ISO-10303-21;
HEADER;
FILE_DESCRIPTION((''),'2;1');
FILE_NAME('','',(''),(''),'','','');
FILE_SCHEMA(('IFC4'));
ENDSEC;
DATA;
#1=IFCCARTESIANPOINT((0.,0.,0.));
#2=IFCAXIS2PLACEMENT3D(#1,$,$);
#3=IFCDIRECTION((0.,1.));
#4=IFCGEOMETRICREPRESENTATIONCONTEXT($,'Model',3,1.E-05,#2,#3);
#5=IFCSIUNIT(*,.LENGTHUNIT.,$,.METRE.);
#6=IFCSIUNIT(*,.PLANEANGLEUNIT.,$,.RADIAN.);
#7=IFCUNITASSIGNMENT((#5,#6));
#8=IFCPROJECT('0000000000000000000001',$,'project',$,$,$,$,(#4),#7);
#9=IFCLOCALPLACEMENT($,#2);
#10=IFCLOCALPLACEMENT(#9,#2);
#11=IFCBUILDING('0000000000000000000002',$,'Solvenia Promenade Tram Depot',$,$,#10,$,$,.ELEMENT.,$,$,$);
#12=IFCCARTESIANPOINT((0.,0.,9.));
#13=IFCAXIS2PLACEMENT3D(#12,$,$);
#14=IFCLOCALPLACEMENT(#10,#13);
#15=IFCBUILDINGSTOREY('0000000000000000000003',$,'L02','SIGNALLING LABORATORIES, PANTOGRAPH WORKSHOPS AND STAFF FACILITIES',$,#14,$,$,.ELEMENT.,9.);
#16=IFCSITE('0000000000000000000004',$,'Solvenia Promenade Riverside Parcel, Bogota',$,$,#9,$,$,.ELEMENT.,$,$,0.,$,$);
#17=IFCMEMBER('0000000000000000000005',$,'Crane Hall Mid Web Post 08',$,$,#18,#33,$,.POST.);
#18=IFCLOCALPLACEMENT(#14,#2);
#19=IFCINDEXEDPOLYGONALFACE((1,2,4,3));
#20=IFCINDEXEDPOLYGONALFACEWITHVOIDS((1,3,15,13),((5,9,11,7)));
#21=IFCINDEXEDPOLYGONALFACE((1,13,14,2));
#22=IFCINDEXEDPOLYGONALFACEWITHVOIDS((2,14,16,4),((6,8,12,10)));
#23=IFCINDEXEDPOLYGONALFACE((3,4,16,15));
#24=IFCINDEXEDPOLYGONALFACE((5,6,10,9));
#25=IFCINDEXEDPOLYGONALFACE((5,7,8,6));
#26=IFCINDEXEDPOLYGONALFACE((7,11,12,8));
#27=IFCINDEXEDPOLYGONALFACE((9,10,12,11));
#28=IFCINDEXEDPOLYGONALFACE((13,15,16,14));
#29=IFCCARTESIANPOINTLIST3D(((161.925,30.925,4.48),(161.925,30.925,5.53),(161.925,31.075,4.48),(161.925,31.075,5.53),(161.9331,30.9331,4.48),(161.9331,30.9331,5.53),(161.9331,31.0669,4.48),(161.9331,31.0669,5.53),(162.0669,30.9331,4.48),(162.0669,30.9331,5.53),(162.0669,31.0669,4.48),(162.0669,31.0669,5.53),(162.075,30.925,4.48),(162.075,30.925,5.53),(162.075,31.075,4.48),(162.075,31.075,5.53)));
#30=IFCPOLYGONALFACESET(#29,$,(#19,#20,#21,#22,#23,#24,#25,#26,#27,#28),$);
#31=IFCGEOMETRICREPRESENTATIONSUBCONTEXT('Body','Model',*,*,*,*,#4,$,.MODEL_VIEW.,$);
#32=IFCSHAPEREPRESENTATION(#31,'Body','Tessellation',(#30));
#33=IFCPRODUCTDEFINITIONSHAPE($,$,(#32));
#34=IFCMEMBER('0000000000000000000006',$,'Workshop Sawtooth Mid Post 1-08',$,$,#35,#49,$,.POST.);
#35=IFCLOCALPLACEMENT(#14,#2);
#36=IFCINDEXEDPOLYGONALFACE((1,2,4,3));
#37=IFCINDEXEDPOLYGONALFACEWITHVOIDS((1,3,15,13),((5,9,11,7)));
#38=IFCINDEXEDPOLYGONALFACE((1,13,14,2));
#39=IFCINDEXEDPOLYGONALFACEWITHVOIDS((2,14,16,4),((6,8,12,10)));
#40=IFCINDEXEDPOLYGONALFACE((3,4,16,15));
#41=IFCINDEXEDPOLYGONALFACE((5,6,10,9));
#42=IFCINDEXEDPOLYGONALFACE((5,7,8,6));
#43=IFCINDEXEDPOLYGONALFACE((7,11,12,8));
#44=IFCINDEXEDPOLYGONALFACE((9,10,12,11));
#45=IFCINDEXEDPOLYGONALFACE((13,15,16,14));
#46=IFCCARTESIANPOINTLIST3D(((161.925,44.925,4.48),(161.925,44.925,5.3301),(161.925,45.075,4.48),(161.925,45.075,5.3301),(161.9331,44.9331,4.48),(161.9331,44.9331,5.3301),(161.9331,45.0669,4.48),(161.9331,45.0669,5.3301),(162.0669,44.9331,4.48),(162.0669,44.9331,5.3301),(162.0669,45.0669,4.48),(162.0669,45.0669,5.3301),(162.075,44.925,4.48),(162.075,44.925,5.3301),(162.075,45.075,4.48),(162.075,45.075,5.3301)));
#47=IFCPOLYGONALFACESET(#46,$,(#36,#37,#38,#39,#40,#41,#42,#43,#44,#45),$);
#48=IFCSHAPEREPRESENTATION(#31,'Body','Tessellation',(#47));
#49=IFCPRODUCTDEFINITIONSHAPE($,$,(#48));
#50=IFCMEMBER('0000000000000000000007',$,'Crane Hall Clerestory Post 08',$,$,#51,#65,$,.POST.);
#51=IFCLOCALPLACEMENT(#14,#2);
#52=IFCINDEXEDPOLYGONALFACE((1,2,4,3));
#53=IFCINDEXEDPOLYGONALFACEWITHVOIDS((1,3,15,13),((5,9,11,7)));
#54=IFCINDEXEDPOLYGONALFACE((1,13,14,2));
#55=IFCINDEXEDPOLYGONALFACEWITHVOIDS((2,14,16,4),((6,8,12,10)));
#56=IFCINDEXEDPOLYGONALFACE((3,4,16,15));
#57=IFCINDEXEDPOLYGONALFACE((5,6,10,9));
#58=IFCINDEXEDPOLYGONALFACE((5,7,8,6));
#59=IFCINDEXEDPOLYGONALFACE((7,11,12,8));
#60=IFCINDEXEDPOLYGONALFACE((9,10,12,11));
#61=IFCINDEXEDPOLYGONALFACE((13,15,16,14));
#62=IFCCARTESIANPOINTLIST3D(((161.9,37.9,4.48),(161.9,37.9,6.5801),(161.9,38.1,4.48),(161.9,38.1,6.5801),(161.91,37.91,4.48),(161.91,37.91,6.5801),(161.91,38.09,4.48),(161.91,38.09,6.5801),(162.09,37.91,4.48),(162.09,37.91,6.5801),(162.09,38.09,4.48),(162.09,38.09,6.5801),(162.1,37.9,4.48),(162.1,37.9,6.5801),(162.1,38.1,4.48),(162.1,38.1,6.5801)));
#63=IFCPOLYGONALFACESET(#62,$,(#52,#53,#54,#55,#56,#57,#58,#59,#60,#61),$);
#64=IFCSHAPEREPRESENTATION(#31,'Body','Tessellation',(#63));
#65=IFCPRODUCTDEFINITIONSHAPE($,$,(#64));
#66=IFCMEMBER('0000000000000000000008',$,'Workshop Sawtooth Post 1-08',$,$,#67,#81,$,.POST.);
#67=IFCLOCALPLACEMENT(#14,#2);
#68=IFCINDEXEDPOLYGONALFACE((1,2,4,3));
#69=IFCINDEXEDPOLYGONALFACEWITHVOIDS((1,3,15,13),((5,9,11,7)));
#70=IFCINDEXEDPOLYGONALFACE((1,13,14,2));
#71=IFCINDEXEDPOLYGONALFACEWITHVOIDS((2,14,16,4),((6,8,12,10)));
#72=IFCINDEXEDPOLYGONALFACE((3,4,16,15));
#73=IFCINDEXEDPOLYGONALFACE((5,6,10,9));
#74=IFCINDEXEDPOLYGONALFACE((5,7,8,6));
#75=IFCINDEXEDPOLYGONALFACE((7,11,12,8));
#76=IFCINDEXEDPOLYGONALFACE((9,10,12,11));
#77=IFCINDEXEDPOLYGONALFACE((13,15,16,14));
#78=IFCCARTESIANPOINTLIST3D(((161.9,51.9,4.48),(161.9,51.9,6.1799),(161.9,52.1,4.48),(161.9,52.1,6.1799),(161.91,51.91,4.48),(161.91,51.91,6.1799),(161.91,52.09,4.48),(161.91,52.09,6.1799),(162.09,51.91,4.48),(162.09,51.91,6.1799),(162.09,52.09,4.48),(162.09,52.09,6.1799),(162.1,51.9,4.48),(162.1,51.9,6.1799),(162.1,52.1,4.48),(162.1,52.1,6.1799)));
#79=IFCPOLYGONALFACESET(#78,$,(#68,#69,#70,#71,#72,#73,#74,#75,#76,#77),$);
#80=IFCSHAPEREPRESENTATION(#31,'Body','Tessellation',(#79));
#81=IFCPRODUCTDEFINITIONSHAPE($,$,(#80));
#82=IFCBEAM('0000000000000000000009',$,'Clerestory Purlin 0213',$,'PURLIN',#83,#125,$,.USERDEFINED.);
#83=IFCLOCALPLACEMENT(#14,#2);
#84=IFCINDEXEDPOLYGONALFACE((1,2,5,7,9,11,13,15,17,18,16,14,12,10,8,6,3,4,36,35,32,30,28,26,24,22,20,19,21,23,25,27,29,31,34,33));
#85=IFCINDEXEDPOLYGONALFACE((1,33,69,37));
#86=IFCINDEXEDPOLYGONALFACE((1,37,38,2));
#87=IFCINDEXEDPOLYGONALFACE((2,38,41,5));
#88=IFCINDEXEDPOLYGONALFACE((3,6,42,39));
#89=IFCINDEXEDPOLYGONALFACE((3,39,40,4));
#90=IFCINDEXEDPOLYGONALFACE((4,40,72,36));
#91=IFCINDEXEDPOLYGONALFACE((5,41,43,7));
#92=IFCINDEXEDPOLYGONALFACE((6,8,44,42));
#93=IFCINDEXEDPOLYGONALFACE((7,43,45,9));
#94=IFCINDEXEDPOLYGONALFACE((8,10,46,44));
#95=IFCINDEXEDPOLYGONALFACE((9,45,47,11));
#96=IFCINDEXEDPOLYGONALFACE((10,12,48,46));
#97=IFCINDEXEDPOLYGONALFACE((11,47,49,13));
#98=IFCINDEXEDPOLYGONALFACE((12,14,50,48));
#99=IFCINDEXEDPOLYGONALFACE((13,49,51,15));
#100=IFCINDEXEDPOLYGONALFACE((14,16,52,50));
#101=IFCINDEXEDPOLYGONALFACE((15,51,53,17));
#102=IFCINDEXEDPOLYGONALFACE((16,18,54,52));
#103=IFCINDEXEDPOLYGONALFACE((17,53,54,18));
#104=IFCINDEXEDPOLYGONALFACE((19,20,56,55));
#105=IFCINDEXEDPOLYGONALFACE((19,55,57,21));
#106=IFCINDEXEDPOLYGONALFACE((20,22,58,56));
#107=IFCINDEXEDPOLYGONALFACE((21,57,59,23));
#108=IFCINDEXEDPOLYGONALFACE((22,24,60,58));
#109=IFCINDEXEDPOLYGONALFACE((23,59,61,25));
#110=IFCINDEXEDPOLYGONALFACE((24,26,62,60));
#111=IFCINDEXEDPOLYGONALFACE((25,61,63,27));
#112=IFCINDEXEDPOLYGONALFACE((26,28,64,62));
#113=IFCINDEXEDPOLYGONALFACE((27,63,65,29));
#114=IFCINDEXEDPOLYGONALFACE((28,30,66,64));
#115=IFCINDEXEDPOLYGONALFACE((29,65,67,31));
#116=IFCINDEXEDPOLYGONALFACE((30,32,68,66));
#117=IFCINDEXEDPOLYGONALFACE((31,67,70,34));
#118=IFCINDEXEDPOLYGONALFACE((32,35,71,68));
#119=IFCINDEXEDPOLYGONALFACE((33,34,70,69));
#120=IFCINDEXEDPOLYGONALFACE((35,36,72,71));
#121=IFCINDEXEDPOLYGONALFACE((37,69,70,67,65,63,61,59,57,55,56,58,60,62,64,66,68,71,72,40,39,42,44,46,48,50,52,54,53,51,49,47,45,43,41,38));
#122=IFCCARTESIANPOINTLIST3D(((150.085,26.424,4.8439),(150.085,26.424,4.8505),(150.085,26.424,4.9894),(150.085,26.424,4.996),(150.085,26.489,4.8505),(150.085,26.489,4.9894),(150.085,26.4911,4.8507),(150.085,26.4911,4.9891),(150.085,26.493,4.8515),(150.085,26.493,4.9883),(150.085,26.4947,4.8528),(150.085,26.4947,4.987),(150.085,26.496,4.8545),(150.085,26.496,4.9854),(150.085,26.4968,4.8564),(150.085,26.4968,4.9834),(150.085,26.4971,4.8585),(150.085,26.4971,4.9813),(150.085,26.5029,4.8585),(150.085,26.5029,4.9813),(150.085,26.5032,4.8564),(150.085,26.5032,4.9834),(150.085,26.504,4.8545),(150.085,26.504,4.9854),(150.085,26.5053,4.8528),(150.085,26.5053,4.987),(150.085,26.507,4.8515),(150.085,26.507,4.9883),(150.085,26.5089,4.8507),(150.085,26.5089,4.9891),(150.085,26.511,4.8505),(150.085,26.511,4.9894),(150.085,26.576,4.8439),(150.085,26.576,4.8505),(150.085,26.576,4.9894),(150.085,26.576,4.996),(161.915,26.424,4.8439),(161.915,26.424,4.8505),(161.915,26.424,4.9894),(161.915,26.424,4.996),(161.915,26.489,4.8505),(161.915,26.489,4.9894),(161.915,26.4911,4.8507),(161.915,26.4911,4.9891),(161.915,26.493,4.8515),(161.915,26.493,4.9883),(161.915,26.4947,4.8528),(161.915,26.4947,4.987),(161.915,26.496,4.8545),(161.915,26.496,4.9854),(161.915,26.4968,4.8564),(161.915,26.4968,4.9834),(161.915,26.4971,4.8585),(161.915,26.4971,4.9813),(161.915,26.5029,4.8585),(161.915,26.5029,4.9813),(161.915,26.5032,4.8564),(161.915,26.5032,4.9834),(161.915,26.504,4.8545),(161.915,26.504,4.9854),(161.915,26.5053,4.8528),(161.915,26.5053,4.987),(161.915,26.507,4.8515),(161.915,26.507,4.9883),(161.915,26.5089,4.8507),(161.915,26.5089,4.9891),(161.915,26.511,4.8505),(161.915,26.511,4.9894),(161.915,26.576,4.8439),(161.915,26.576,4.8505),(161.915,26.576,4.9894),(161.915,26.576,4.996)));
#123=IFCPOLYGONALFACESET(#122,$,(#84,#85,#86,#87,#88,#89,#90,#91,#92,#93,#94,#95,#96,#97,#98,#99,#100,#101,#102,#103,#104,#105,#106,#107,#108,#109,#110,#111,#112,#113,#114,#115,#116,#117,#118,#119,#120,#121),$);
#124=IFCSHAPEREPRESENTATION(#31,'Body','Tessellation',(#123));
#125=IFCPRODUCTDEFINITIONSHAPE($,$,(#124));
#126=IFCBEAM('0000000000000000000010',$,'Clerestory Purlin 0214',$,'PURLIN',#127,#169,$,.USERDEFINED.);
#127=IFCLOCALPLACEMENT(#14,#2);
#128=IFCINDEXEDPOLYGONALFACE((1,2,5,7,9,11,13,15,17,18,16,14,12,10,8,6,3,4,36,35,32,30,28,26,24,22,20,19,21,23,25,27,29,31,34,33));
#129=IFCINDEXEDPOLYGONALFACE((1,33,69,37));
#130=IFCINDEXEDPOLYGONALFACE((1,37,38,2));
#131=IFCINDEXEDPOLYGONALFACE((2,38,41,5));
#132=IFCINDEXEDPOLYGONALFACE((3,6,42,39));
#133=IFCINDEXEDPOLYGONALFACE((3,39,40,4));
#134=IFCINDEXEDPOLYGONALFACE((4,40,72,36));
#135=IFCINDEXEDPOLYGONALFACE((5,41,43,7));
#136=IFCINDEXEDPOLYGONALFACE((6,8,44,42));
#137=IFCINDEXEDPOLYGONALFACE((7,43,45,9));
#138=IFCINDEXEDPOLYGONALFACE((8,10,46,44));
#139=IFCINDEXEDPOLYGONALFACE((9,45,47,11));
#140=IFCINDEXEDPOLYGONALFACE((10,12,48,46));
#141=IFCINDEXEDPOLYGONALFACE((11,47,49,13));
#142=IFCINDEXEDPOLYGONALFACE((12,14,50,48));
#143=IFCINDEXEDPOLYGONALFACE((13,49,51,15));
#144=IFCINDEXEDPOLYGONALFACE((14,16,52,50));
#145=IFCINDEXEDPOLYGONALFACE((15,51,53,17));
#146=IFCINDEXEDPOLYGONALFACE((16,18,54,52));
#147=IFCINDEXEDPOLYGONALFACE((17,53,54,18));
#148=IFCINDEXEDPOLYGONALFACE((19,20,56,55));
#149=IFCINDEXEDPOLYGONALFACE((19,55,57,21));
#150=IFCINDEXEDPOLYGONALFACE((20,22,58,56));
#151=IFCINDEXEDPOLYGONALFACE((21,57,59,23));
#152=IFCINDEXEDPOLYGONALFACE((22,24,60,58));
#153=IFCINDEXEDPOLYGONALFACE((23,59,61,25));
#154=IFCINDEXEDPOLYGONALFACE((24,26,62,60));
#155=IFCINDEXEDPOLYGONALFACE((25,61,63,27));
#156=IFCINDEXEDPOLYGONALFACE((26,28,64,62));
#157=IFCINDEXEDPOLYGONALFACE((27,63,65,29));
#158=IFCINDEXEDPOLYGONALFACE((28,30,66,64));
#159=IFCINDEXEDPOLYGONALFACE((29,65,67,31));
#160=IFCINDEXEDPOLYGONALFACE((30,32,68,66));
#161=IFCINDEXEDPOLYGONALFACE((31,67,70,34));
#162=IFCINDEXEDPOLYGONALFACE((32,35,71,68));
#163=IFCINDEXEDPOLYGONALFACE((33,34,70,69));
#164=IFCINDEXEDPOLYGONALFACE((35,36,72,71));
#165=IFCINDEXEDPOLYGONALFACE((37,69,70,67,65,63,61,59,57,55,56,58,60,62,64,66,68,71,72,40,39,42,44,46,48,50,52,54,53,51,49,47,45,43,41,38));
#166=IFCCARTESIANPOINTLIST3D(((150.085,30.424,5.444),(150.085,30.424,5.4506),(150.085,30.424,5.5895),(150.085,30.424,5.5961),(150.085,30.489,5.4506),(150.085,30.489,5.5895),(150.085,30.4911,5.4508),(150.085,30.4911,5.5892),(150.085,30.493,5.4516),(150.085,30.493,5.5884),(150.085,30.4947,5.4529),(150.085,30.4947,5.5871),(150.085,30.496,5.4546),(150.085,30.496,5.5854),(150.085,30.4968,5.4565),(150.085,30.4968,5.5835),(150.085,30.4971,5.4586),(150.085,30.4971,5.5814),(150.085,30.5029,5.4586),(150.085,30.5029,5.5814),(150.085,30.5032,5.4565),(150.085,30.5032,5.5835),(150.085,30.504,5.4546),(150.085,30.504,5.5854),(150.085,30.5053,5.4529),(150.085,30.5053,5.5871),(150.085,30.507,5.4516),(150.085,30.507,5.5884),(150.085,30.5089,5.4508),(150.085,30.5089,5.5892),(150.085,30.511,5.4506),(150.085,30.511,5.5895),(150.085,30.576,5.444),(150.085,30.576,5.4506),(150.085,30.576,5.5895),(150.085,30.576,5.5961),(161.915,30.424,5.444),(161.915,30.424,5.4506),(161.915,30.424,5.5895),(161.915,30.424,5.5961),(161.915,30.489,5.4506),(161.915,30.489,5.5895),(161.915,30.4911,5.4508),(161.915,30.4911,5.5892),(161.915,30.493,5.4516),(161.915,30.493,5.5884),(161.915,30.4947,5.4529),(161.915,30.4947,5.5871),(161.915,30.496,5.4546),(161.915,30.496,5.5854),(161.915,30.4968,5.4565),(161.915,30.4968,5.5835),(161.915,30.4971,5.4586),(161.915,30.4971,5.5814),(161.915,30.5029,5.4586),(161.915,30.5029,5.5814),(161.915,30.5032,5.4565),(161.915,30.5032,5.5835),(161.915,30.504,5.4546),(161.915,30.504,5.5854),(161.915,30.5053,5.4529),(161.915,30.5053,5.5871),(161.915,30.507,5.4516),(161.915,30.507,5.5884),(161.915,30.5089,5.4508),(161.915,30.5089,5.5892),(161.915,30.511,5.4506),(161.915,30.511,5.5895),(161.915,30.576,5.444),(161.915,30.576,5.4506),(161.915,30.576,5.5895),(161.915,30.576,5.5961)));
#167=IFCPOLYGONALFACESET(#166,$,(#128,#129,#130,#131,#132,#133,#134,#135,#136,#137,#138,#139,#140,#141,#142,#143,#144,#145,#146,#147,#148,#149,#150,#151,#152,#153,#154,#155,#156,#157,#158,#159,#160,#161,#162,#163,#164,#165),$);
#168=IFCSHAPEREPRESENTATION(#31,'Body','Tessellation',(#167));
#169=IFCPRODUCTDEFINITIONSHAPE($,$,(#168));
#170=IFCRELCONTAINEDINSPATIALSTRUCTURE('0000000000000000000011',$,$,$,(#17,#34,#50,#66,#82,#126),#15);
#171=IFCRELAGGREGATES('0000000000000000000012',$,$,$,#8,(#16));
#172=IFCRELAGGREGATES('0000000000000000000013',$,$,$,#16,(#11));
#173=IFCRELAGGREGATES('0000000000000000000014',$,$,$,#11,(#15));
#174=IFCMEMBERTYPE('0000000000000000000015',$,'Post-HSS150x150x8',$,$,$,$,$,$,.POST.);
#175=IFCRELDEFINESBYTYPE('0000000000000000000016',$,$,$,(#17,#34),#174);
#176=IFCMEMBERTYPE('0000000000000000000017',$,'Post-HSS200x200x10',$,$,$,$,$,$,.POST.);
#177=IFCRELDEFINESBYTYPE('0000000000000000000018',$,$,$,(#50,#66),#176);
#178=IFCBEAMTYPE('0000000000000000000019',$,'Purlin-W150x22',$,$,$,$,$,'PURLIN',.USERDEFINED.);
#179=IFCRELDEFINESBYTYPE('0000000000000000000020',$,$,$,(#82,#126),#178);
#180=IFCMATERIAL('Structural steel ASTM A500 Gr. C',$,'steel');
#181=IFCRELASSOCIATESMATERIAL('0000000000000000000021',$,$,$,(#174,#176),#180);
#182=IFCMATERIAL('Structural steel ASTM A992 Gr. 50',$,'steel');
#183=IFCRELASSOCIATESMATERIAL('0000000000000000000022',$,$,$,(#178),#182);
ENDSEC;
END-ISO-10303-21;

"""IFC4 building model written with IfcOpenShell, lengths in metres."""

from ifc_helpers import new_model, si_unit, direction, frame, origin, origin_2d, place, context, subcontext, project, spatial, hollow_rectangle, i_section, extrude, material, material_profile, profile_set, type_object, element, save


model = new_model("IFC4")

# Units and contexts
model_context = context("Model", 3, precision=1e-05, world=origin(), true_north=direction((0.0, 1.0)))
body_context = subcontext(model_context, "Body", "Model", "MODEL_VIEW")
ifc_project = project(units=[si_unit("LENGTHUNIT", "METRE"), si_unit("PLANEANGLEUNIT", "RADIAN")], contexts=[model_context])

# Site, building, storey
site_placement = place(None, origin())
site = spatial("IfcSite", under=ifc_project, at=site_placement, Name="Solvenia Promenade Riverside Parcel, Bogota", CompositionType="ELEMENT", RefElevation=0.0)
building_placement = place(site_placement, origin())
building = spatial("IfcBuilding", under=site, at=building_placement, Name="Solvenia Promenade Tram Depot", CompositionType="ELEMENT")
storey_placement = place(building_placement, frame((0.0, 0.0, 9.0)))
storey = spatial("IfcBuildingStorey", under=building, at=storey_placement, Name="L02", Description="SIGNALLING LABORATORIES, PANTOGRAPH WORKSHOPS AND STAFF FACILITIES", CompositionType="ELEMENT", Elevation=9.0)

# Shared definitions
ifc_material_1 = material(Name="Structural steel ASTM A992 Gr. 50", Category="steel")

# Shared definitions
ifc_material_2 = material(Name="Structural steel ASTM A500 Gr. C", Category="steel")

# Members
ifc_material_profile_1 = material_profile(ifc_material_2, hollow_rectangle(XDim=0.1499, YDim=0.1499, WallThickness=0.0081, at=origin_2d()), Name="HSS150x150x8", Category="steel")
ifc_profile_set_1 = profile_set([ifc_material_profile_1], Name="Structural steel ASTM A500 Gr. C")
member_type_1 = type_object("IfcMemberType", Name="Post-HSS150x150x8", PredefinedType="POST", material=ifc_profile_set_1)
member_1_placement = place(storey_placement, frame((162.0, 31.0, 4.48), z_axis=(0.0, 0.0, 1.0), x_axis=(1.0, 0.0, 0.0)))
element("IfcMember", 1, at=member_1_placement, inside=storey, type_object=member_type_1, Name="Crane Hall Mid Web Post 08", PredefinedType="POST", context=body_context, shape_type="SweptSolid", body=[
    extrude(hollow_rectangle(XDim=0.1499, YDim=0.1499, WallThickness=0.0081, at=origin_2d()), origin(), (0.0, 0.0, 1.0), 1.05),
])
member_2_placement = place(storey_placement, frame((162.0, 45.0, 4.48), z_axis=(0.0, 0.0, 1.0), x_axis=(1.0, 0.0, 0.0)))
element("IfcMember", 2, at=member_2_placement, inside=storey, type_object=member_type_1, Name="Workshop Sawtooth Mid Post 1-08", PredefinedType="POST", context=body_context, shape_type="SweptSolid", body=[
    extrude(hollow_rectangle(XDim=0.1499, YDim=0.1499, WallThickness=0.0081, at=origin_2d()), origin(), (0.0, 0.0, 1.0), 0.8501),
])
ifc_material_profile_2 = material_profile(ifc_material_2, hollow_rectangle(XDim=0.2, YDim=0.2, WallThickness=0.01, at=origin_2d()), Name="HSS200x200x10", Category="steel")
ifc_profile_set_2 = profile_set([ifc_material_profile_2], Name="Structural steel ASTM A500 Gr. C")
member_type_2 = type_object("IfcMemberType", Name="Post-HSS200x200x10", PredefinedType="POST", material=ifc_profile_set_2)
member_3_placement = place(storey_placement, frame((162.0, 38.0, 4.48), z_axis=(0.0, 0.0, 1.0), x_axis=(1.0, 0.0, 0.0)))
element("IfcMember", 3, at=member_3_placement, inside=storey, type_object=member_type_2, Name="Crane Hall Clerestory Post 08", PredefinedType="POST", context=body_context, shape_type="SweptSolid", body=[
    extrude(hollow_rectangle(XDim=0.2, YDim=0.2, WallThickness=0.01, at=origin_2d()), origin(), (0.0, 0.0, 1.0), 2.1001),
])
member_4_placement = place(storey_placement, frame((162.0, 52.0, 4.48), z_axis=(0.0, 0.0, 1.0), x_axis=(1.0, 0.0, 0.0)))
element("IfcMember", 4, at=member_4_placement, inside=storey, type_object=member_type_2, Name="Workshop Sawtooth Post 1-08", PredefinedType="POST", context=body_context, shape_type="SweptSolid", body=[
    extrude(hollow_rectangle(XDim=0.2, YDim=0.2, WallThickness=0.01, at=origin_2d()), origin(), (0.0, 0.0, 1.0), 1.7),
])

# Beams
ifc_material_profile_3 = material_profile(ifc_material_1, i_section(OverallWidth=0.1521, OverallDepth=0.1521, WebThickness=0.0059, FlangeThickness=0.0066, FilletRadius=0.0081, at=origin_2d()), Name="W150x22", Category="steel")
ifc_profile_set_3 = profile_set([ifc_material_profile_3], Name="Structural steel ASTM A992 Gr. 50")
beam_type_1 = type_object("IfcBeamType", Name="Purlin-W150x22", ElementType="PURLIN", PredefinedType="USERDEFINED", material=ifc_profile_set_3)
for number, where, z_axis, x_axis, name in (
    (5, (150.085, 26.5, 4.9199), (1.0, 0.0, 0.0), (0.0, 1.0, 0.0), "Clerestory Purlin 0213"),
    (6, (150.085, 30.5, 5.52), (1.0, 0.0, 0.0), (0.0, 1.0, 0.0), "Clerestory Purlin 0214"),
):
    element("IfcBeam", number, at=place(storey_placement, frame(where, z_axis=z_axis, x_axis=x_axis)), inside=storey, type_object=beam_type_1, Name=name, ObjectType="PURLIN", PredefinedType="USERDEFINED", context=body_context, shape_type="SweptSolid", body=[
        extrude(i_section(OverallWidth=0.1521, OverallDepth=0.1521, WebThickness=0.0059, FlangeThickness=0.0066, FilletRadius=0.0081, at=origin_2d()), origin(), (0.0, 0.0, 1.0), 11.8301),
    ])

save(model, "model.ifc")
